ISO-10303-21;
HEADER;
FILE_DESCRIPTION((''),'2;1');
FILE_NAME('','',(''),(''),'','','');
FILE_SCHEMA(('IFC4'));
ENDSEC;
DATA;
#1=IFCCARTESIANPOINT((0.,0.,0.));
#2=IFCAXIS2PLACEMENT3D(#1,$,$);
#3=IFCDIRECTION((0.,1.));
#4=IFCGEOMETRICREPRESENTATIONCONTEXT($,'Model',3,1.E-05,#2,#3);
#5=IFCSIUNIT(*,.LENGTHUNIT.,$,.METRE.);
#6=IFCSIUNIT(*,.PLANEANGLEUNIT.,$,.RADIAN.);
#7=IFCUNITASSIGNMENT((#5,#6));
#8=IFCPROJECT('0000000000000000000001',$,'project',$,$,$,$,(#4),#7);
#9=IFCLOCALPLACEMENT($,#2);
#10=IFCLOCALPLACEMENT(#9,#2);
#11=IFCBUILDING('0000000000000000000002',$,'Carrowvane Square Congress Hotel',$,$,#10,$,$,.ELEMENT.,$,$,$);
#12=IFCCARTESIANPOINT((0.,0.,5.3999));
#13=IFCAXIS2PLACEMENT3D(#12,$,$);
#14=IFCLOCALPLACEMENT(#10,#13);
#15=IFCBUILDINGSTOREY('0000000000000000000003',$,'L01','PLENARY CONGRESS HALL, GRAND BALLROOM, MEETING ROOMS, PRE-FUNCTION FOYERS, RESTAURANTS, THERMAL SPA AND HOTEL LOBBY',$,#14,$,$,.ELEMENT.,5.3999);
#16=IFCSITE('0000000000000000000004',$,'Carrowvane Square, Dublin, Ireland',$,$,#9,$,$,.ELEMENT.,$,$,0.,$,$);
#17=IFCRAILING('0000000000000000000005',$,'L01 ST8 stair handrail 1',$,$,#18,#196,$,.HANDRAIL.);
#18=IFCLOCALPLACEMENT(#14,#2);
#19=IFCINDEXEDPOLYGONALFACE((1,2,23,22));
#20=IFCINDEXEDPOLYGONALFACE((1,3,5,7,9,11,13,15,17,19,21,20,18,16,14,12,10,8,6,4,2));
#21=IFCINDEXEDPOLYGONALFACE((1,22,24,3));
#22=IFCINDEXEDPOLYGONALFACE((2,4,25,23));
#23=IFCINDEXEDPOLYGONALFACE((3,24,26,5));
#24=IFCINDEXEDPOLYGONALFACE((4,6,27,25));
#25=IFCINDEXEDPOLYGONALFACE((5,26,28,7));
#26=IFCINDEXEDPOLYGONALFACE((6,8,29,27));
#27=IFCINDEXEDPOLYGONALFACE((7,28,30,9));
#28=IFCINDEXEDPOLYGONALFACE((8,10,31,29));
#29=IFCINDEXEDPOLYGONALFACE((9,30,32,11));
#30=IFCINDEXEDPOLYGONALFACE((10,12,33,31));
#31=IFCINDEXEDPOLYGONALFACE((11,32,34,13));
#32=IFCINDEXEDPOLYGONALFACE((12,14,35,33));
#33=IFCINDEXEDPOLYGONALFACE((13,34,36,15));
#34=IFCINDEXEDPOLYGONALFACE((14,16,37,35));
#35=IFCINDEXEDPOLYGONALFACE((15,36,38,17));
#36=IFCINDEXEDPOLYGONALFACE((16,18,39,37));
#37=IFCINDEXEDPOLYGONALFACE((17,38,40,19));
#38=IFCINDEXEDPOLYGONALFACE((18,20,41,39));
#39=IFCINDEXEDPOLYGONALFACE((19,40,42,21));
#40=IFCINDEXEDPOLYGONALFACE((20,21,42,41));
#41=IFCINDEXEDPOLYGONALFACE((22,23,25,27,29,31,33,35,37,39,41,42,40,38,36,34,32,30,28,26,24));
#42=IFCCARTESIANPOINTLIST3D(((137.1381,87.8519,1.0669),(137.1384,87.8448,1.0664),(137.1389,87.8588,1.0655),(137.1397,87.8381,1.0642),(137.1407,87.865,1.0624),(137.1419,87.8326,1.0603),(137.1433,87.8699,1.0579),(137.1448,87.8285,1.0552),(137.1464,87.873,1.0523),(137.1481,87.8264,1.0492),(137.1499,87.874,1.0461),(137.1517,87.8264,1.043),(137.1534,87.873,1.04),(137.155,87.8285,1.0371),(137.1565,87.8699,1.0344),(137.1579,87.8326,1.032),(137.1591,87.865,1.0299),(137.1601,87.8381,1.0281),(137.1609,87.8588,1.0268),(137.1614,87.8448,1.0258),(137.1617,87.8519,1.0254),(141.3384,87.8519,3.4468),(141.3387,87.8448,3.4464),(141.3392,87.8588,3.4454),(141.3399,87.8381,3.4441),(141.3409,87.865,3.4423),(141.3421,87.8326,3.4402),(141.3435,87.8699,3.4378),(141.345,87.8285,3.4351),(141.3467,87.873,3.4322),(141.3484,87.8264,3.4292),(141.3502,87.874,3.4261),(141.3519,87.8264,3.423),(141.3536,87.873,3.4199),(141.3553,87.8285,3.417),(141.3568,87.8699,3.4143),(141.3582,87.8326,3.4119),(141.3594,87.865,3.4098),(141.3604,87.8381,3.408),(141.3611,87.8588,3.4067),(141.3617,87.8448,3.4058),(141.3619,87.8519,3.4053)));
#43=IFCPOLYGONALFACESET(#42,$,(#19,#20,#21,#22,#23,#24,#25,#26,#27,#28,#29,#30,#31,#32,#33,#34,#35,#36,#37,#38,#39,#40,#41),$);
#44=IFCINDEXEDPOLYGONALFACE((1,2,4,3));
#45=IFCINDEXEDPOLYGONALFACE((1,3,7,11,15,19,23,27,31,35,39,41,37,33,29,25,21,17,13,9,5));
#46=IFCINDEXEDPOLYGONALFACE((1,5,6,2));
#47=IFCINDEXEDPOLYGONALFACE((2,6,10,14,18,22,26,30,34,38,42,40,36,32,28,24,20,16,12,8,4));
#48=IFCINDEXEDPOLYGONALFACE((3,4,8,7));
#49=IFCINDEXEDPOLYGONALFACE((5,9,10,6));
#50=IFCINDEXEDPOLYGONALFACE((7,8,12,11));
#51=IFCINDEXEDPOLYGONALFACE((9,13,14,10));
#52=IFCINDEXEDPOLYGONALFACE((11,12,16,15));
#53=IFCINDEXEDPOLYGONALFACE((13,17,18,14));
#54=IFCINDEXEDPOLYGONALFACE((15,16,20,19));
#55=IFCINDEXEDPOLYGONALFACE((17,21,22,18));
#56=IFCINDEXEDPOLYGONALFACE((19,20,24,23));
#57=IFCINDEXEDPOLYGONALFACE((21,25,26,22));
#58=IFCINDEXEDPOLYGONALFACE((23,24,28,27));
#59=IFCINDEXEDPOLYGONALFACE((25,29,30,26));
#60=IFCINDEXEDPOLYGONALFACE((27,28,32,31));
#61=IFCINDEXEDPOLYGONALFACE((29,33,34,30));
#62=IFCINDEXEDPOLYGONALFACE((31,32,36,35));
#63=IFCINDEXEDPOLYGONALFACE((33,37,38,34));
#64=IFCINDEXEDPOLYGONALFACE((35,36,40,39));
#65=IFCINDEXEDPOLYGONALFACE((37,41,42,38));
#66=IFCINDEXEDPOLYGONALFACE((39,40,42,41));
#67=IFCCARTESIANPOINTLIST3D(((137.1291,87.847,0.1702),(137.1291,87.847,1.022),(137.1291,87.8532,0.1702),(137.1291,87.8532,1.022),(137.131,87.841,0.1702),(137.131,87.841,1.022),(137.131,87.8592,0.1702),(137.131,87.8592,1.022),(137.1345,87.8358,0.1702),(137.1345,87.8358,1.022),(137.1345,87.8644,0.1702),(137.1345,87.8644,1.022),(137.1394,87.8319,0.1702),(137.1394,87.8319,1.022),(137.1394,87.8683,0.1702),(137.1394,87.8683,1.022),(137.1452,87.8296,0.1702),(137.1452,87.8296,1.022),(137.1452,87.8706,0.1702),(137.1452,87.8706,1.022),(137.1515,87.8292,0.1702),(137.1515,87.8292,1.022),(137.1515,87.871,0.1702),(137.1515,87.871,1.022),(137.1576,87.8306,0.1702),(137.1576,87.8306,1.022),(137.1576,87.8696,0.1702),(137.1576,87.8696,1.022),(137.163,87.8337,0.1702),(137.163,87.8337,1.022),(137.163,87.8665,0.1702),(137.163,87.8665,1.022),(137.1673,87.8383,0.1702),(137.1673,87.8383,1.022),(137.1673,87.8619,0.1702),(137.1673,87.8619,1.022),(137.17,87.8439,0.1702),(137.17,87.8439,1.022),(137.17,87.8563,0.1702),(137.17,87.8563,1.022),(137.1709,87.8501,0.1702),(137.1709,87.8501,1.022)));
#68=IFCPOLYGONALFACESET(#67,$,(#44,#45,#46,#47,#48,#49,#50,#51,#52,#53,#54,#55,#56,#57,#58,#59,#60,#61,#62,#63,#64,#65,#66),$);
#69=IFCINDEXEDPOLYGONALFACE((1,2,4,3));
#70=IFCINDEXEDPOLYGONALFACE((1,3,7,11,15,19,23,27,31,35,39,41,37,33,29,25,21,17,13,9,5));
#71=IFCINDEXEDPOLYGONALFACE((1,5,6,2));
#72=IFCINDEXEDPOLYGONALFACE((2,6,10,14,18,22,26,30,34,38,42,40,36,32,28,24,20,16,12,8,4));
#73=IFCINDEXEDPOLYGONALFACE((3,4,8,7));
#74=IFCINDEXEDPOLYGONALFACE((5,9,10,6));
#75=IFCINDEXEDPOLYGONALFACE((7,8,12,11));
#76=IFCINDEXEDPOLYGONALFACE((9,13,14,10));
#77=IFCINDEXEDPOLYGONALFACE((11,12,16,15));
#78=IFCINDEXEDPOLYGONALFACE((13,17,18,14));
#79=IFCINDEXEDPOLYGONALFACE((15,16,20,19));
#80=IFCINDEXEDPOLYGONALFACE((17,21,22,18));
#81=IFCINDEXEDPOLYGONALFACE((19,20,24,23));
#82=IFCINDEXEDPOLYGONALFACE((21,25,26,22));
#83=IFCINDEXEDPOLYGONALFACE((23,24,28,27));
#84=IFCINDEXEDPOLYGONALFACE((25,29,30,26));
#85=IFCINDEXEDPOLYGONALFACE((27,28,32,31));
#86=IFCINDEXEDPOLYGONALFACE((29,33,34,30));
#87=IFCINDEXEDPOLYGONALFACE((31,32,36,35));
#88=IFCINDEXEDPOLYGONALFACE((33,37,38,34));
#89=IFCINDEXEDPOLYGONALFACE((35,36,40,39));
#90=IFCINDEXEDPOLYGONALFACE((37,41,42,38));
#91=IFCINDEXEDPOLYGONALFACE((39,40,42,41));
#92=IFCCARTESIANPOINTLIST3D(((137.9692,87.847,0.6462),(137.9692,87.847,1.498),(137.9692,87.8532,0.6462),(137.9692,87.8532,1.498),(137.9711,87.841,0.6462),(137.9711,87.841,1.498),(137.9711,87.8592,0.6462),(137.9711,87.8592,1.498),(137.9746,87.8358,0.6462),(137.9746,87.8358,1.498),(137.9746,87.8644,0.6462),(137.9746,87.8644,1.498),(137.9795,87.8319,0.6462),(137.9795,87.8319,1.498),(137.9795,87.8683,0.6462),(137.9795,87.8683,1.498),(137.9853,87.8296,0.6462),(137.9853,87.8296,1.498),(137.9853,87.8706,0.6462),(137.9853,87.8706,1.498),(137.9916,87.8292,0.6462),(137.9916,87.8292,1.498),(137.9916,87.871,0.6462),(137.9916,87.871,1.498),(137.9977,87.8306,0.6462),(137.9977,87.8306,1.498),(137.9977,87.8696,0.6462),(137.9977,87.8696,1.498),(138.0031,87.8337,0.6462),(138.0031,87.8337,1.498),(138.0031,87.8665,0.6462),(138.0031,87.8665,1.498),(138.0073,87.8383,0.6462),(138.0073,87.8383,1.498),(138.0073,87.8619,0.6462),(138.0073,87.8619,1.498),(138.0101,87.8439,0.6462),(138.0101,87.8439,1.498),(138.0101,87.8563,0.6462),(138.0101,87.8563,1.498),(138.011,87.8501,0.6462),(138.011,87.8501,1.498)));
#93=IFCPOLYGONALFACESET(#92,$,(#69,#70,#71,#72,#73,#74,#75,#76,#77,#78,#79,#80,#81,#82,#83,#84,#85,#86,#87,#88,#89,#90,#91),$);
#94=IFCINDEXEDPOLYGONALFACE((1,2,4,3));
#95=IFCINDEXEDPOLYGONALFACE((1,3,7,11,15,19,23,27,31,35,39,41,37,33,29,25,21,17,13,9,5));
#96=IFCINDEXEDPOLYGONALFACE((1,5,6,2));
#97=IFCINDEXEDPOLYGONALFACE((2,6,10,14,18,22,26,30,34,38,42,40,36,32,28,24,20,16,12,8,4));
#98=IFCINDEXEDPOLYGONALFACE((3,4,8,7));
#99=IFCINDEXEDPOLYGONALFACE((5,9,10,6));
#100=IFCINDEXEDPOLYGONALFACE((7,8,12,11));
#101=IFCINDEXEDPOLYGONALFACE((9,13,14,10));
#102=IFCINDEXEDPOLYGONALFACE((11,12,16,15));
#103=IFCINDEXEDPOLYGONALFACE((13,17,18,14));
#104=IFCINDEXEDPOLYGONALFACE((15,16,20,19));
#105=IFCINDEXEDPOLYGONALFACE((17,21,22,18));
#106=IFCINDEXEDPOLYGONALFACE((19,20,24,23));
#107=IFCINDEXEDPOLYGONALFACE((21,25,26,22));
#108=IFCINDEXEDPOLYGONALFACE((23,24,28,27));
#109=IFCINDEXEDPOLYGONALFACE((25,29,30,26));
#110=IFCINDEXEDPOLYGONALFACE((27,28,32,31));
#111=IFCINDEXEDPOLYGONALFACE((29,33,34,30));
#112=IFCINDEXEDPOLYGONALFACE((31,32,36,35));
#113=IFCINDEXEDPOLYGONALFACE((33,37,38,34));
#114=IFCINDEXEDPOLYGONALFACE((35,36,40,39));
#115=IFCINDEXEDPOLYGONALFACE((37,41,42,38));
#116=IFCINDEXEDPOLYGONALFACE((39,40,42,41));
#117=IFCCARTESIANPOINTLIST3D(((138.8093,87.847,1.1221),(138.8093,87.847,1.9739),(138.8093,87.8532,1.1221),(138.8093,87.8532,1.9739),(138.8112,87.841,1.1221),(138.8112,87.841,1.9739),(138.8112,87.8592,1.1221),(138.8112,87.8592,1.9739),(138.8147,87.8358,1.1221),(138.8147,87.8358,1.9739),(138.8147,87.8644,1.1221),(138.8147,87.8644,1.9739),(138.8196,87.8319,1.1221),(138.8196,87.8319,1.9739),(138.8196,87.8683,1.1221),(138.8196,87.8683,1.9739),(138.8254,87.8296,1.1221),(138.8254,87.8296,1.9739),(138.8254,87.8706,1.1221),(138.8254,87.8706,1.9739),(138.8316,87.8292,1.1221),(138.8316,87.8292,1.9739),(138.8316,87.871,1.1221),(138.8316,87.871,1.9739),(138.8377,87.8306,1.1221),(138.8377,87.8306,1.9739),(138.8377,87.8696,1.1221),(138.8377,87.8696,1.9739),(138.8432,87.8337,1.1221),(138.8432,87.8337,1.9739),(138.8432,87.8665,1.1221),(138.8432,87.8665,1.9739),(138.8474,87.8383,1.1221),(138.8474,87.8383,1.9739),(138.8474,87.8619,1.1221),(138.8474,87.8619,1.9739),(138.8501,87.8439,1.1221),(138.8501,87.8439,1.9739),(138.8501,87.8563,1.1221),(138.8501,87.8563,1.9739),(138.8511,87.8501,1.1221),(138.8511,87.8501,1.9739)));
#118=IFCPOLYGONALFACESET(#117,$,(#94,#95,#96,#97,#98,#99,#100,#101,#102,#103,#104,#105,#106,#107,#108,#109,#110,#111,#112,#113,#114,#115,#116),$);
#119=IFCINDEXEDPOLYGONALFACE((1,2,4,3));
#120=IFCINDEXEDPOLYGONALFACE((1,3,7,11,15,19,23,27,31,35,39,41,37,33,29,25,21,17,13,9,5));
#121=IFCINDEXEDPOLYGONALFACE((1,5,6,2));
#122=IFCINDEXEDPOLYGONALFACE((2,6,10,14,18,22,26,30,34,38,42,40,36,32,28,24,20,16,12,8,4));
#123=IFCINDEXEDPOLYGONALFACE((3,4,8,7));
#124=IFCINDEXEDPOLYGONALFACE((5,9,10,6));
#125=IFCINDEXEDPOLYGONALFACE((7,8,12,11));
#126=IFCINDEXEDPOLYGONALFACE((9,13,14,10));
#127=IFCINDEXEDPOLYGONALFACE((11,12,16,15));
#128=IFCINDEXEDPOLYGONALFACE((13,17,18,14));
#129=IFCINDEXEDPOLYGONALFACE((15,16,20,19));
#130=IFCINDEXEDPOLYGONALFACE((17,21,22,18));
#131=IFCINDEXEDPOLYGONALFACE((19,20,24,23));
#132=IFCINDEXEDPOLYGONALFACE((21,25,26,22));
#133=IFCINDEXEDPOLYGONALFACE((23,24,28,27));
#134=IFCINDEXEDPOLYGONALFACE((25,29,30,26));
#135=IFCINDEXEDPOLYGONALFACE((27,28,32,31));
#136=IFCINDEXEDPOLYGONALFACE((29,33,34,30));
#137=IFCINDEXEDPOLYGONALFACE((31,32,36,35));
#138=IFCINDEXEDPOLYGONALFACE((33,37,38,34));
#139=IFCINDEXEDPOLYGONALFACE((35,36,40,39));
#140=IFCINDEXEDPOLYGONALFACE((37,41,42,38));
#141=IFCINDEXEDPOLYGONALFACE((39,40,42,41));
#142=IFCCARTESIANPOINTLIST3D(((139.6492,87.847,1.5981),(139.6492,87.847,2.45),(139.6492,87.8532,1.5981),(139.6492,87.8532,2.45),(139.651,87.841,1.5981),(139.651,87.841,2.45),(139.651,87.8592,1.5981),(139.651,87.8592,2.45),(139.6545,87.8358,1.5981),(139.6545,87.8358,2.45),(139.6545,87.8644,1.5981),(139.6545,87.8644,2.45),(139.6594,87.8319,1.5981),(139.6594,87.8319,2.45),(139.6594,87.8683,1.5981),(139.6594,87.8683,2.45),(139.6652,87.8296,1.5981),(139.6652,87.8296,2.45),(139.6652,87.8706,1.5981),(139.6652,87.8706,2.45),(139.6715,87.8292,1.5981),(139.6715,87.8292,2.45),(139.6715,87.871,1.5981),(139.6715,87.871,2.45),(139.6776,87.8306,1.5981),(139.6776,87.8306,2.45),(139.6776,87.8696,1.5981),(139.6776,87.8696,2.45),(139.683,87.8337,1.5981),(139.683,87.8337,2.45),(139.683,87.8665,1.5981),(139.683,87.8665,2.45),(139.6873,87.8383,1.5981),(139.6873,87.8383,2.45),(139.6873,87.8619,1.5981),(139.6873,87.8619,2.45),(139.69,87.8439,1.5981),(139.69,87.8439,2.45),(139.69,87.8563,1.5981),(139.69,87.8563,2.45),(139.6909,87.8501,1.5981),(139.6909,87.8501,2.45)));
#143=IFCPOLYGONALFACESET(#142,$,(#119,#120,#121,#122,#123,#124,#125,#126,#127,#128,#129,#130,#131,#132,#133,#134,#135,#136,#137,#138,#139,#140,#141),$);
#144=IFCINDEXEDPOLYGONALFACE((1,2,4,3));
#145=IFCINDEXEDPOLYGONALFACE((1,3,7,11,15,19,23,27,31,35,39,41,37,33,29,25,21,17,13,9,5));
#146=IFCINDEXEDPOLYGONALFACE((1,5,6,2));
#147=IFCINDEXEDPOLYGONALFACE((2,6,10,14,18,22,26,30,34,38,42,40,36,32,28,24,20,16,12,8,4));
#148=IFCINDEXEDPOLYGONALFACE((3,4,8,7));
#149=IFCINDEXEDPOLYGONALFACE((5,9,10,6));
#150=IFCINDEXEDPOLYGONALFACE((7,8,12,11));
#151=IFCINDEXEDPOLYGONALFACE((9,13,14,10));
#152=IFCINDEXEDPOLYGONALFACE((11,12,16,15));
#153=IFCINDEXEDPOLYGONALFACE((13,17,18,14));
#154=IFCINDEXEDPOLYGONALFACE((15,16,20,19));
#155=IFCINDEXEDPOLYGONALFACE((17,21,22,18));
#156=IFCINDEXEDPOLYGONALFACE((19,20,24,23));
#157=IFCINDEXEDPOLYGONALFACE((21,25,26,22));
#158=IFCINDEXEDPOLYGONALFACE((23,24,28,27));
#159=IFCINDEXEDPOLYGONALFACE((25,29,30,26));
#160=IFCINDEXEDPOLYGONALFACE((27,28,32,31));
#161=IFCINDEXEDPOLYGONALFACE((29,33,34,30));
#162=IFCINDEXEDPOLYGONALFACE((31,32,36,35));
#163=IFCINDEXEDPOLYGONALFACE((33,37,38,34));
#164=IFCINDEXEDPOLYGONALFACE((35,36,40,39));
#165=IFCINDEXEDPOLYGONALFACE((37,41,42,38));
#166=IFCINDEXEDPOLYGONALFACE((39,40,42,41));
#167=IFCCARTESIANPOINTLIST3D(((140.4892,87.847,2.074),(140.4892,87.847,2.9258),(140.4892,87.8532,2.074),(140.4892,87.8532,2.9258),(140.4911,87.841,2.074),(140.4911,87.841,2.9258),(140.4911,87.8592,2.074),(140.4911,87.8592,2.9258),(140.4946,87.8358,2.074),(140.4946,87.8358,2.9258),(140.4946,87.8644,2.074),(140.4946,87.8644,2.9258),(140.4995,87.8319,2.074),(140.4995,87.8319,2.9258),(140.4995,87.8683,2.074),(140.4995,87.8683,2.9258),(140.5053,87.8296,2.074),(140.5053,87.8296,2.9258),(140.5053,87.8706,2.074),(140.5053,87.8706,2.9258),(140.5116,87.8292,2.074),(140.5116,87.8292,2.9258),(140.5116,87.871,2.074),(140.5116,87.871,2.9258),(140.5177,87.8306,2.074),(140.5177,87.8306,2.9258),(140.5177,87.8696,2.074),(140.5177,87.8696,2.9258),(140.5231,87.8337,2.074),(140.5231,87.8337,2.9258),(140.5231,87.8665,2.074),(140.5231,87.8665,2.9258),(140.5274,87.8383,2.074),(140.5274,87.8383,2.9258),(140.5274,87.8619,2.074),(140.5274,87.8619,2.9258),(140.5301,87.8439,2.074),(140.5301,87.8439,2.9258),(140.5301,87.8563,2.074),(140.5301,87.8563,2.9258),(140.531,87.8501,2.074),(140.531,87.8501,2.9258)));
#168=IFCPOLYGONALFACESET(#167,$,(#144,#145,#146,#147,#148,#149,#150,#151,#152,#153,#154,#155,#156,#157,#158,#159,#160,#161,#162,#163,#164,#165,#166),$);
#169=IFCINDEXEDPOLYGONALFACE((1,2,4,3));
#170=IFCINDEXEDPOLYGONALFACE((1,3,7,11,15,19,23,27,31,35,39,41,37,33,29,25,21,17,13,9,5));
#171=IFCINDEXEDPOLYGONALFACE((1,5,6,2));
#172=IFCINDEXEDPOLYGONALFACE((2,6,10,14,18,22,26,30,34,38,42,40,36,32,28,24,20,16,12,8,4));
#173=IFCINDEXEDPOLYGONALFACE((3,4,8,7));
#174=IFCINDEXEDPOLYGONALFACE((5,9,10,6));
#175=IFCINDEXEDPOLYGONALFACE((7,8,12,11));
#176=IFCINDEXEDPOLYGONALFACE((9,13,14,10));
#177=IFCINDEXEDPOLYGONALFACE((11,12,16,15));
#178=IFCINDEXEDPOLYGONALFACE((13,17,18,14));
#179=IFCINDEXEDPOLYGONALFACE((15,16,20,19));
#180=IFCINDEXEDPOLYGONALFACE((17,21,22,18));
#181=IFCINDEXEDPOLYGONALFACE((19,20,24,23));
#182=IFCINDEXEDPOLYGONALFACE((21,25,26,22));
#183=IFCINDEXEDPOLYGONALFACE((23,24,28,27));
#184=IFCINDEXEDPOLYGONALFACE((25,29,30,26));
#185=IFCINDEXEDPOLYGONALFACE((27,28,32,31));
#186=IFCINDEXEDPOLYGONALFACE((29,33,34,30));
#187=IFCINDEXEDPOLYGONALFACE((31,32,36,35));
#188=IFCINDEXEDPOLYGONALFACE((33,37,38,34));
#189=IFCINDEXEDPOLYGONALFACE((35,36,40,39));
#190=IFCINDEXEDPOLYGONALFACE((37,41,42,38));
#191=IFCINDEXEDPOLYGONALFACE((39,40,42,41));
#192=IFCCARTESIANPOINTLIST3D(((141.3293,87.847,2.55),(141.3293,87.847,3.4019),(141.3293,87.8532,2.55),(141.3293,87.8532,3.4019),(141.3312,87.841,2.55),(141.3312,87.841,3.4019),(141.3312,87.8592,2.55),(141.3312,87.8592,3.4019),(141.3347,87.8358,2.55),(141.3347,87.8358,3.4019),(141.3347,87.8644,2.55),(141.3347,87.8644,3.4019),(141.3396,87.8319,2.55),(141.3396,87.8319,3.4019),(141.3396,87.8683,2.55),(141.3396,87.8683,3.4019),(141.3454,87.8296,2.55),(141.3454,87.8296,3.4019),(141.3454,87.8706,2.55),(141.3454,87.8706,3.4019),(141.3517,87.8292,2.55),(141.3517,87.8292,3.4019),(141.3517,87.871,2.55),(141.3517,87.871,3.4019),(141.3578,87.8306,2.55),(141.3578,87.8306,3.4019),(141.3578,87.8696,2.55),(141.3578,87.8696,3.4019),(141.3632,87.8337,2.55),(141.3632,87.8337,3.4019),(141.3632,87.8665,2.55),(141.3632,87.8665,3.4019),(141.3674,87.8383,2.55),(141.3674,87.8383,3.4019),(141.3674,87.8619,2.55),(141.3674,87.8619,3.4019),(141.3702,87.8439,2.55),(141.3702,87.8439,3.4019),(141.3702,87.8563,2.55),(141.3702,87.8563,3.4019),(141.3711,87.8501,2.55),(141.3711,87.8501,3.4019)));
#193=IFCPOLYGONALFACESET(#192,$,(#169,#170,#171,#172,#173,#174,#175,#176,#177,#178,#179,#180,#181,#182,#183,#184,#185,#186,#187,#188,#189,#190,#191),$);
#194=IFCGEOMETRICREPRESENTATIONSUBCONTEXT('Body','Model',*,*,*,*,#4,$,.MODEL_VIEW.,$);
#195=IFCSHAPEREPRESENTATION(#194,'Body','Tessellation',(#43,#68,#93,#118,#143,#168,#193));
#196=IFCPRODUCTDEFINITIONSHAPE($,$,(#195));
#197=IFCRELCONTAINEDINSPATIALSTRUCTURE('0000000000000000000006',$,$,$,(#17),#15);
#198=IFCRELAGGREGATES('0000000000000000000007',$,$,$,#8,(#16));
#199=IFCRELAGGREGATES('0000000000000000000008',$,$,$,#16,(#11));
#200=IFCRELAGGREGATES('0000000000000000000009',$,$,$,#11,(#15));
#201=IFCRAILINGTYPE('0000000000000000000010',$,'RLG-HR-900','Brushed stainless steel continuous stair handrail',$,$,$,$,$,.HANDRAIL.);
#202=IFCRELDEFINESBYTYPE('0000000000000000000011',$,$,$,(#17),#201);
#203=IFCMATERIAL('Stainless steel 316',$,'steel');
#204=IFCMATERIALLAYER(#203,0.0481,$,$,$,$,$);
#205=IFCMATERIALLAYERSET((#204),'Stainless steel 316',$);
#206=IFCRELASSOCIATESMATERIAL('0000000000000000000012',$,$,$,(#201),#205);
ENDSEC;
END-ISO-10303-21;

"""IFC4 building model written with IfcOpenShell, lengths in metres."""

from ifc_helpers import new_model, si_unit, direction, frame, origin, origin_2d, place, context, subcontext, project, spatial, circle, extrude, material, layer, layer_set, type_object, element, save


model = new_model("IFC4")

# Units and contexts
model_context = context("Model", 3, precision=1e-05, world=origin(), true_north=direction((0.0, 1.0)))
body_context = subcontext(model_context, "Body", "Model", "MODEL_VIEW")
ifc_project = project(units=[si_unit("LENGTHUNIT", "METRE"), si_unit("PLANEANGLEUNIT", "RADIAN")], contexts=[model_context])

# Site, building, storey
site_placement = place(None, origin())
site = spatial("IfcSite", under=ifc_project, at=site_placement, Name="Carrowvane Square, Dublin, Ireland", CompositionType="ELEMENT", RefElevation=0.0)
building_placement = place(site_placement, origin())
building = spatial("IfcBuilding", under=site, at=building_placement, Name="Carrowvane Square Congress Hotel", CompositionType="ELEMENT")
storey_placement = place(building_placement, frame((0.0, 0.0, 5.3999)))
storey = spatial("IfcBuildingStorey", under=building, at=storey_placement, Name="L01", Description="PLENARY CONGRESS HALL, GRAND BALLROOM, MEETING ROOMS, PRE-FUNCTION FOYERS, RESTAURANTS, THERMAL SPA AND HOTEL LOBBY", CompositionType="ELEMENT", Elevation=5.3999)

# Railing
ifc_material_1 = material(Name="Stainless steel 316", Category="steel")
ifc_layer_1 = layer(ifc_material_1, 0.0481)
ifc_layer_set_1 = layer_set([ifc_layer_1], Name="Stainless steel 316")
railing_type_1 = type_object("IfcRailingType", Name="RLG-HR-900", Description="Brushed stainless steel continuous stair handrail", PredefinedType="HANDRAIL", material=ifc_layer_set_1)
railing_1_placement = place(storey_placement, frame((137.1499, 87.8501, 0.1702)))
element("IfcRailing", 1, at=railing_1_placement, inside=storey, type_object=railing_type_1, Name="L01 ST8 stair handrail 1", PredefinedType="HANDRAIL", context=body_context, shape_type="SweptSolid", body=[
    extrude(circle(Radius=0.0239, at=origin_2d()), frame((0.0, 0.0, 0.876), z_axis=(0.870042, 0.0, 0.492977), x_axis=(0.0, 1.0, 0.0)), (0.0, 0.0, 1.0), 4.8276),
    extrude(circle(Radius=0.021, at=origin_2d()), origin(), (0.0, 0.0, 1.0), 0.8518),
    extrude(circle(Radius=0.021, at=origin_2d()), frame((0.8401, 0.0, 0.4761)), (0.0, 0.0, 1.0), 0.8518),
    extrude(circle(Radius=0.021, at=origin_2d()), frame((1.6802, 0.0, 0.9519)), (0.0, 0.0, 1.0), 0.8518),
    extrude(circle(Radius=0.021, at=origin_2d()), frame((2.52, 0.0, 1.428)), (0.0, 0.0, 1.0), 0.8518),
    extrude(circle(Radius=0.021, at=origin_2d()), frame((3.3601, 0.0, 1.9038)), (0.0, 0.0, 1.0), 0.8518),
    extrude(circle(Radius=0.021, at=origin_2d()), frame((4.2002, 0.0, 2.3799)), (0.0, 0.0, 1.0), 0.8518),
])

save(model, "model.ifc")
